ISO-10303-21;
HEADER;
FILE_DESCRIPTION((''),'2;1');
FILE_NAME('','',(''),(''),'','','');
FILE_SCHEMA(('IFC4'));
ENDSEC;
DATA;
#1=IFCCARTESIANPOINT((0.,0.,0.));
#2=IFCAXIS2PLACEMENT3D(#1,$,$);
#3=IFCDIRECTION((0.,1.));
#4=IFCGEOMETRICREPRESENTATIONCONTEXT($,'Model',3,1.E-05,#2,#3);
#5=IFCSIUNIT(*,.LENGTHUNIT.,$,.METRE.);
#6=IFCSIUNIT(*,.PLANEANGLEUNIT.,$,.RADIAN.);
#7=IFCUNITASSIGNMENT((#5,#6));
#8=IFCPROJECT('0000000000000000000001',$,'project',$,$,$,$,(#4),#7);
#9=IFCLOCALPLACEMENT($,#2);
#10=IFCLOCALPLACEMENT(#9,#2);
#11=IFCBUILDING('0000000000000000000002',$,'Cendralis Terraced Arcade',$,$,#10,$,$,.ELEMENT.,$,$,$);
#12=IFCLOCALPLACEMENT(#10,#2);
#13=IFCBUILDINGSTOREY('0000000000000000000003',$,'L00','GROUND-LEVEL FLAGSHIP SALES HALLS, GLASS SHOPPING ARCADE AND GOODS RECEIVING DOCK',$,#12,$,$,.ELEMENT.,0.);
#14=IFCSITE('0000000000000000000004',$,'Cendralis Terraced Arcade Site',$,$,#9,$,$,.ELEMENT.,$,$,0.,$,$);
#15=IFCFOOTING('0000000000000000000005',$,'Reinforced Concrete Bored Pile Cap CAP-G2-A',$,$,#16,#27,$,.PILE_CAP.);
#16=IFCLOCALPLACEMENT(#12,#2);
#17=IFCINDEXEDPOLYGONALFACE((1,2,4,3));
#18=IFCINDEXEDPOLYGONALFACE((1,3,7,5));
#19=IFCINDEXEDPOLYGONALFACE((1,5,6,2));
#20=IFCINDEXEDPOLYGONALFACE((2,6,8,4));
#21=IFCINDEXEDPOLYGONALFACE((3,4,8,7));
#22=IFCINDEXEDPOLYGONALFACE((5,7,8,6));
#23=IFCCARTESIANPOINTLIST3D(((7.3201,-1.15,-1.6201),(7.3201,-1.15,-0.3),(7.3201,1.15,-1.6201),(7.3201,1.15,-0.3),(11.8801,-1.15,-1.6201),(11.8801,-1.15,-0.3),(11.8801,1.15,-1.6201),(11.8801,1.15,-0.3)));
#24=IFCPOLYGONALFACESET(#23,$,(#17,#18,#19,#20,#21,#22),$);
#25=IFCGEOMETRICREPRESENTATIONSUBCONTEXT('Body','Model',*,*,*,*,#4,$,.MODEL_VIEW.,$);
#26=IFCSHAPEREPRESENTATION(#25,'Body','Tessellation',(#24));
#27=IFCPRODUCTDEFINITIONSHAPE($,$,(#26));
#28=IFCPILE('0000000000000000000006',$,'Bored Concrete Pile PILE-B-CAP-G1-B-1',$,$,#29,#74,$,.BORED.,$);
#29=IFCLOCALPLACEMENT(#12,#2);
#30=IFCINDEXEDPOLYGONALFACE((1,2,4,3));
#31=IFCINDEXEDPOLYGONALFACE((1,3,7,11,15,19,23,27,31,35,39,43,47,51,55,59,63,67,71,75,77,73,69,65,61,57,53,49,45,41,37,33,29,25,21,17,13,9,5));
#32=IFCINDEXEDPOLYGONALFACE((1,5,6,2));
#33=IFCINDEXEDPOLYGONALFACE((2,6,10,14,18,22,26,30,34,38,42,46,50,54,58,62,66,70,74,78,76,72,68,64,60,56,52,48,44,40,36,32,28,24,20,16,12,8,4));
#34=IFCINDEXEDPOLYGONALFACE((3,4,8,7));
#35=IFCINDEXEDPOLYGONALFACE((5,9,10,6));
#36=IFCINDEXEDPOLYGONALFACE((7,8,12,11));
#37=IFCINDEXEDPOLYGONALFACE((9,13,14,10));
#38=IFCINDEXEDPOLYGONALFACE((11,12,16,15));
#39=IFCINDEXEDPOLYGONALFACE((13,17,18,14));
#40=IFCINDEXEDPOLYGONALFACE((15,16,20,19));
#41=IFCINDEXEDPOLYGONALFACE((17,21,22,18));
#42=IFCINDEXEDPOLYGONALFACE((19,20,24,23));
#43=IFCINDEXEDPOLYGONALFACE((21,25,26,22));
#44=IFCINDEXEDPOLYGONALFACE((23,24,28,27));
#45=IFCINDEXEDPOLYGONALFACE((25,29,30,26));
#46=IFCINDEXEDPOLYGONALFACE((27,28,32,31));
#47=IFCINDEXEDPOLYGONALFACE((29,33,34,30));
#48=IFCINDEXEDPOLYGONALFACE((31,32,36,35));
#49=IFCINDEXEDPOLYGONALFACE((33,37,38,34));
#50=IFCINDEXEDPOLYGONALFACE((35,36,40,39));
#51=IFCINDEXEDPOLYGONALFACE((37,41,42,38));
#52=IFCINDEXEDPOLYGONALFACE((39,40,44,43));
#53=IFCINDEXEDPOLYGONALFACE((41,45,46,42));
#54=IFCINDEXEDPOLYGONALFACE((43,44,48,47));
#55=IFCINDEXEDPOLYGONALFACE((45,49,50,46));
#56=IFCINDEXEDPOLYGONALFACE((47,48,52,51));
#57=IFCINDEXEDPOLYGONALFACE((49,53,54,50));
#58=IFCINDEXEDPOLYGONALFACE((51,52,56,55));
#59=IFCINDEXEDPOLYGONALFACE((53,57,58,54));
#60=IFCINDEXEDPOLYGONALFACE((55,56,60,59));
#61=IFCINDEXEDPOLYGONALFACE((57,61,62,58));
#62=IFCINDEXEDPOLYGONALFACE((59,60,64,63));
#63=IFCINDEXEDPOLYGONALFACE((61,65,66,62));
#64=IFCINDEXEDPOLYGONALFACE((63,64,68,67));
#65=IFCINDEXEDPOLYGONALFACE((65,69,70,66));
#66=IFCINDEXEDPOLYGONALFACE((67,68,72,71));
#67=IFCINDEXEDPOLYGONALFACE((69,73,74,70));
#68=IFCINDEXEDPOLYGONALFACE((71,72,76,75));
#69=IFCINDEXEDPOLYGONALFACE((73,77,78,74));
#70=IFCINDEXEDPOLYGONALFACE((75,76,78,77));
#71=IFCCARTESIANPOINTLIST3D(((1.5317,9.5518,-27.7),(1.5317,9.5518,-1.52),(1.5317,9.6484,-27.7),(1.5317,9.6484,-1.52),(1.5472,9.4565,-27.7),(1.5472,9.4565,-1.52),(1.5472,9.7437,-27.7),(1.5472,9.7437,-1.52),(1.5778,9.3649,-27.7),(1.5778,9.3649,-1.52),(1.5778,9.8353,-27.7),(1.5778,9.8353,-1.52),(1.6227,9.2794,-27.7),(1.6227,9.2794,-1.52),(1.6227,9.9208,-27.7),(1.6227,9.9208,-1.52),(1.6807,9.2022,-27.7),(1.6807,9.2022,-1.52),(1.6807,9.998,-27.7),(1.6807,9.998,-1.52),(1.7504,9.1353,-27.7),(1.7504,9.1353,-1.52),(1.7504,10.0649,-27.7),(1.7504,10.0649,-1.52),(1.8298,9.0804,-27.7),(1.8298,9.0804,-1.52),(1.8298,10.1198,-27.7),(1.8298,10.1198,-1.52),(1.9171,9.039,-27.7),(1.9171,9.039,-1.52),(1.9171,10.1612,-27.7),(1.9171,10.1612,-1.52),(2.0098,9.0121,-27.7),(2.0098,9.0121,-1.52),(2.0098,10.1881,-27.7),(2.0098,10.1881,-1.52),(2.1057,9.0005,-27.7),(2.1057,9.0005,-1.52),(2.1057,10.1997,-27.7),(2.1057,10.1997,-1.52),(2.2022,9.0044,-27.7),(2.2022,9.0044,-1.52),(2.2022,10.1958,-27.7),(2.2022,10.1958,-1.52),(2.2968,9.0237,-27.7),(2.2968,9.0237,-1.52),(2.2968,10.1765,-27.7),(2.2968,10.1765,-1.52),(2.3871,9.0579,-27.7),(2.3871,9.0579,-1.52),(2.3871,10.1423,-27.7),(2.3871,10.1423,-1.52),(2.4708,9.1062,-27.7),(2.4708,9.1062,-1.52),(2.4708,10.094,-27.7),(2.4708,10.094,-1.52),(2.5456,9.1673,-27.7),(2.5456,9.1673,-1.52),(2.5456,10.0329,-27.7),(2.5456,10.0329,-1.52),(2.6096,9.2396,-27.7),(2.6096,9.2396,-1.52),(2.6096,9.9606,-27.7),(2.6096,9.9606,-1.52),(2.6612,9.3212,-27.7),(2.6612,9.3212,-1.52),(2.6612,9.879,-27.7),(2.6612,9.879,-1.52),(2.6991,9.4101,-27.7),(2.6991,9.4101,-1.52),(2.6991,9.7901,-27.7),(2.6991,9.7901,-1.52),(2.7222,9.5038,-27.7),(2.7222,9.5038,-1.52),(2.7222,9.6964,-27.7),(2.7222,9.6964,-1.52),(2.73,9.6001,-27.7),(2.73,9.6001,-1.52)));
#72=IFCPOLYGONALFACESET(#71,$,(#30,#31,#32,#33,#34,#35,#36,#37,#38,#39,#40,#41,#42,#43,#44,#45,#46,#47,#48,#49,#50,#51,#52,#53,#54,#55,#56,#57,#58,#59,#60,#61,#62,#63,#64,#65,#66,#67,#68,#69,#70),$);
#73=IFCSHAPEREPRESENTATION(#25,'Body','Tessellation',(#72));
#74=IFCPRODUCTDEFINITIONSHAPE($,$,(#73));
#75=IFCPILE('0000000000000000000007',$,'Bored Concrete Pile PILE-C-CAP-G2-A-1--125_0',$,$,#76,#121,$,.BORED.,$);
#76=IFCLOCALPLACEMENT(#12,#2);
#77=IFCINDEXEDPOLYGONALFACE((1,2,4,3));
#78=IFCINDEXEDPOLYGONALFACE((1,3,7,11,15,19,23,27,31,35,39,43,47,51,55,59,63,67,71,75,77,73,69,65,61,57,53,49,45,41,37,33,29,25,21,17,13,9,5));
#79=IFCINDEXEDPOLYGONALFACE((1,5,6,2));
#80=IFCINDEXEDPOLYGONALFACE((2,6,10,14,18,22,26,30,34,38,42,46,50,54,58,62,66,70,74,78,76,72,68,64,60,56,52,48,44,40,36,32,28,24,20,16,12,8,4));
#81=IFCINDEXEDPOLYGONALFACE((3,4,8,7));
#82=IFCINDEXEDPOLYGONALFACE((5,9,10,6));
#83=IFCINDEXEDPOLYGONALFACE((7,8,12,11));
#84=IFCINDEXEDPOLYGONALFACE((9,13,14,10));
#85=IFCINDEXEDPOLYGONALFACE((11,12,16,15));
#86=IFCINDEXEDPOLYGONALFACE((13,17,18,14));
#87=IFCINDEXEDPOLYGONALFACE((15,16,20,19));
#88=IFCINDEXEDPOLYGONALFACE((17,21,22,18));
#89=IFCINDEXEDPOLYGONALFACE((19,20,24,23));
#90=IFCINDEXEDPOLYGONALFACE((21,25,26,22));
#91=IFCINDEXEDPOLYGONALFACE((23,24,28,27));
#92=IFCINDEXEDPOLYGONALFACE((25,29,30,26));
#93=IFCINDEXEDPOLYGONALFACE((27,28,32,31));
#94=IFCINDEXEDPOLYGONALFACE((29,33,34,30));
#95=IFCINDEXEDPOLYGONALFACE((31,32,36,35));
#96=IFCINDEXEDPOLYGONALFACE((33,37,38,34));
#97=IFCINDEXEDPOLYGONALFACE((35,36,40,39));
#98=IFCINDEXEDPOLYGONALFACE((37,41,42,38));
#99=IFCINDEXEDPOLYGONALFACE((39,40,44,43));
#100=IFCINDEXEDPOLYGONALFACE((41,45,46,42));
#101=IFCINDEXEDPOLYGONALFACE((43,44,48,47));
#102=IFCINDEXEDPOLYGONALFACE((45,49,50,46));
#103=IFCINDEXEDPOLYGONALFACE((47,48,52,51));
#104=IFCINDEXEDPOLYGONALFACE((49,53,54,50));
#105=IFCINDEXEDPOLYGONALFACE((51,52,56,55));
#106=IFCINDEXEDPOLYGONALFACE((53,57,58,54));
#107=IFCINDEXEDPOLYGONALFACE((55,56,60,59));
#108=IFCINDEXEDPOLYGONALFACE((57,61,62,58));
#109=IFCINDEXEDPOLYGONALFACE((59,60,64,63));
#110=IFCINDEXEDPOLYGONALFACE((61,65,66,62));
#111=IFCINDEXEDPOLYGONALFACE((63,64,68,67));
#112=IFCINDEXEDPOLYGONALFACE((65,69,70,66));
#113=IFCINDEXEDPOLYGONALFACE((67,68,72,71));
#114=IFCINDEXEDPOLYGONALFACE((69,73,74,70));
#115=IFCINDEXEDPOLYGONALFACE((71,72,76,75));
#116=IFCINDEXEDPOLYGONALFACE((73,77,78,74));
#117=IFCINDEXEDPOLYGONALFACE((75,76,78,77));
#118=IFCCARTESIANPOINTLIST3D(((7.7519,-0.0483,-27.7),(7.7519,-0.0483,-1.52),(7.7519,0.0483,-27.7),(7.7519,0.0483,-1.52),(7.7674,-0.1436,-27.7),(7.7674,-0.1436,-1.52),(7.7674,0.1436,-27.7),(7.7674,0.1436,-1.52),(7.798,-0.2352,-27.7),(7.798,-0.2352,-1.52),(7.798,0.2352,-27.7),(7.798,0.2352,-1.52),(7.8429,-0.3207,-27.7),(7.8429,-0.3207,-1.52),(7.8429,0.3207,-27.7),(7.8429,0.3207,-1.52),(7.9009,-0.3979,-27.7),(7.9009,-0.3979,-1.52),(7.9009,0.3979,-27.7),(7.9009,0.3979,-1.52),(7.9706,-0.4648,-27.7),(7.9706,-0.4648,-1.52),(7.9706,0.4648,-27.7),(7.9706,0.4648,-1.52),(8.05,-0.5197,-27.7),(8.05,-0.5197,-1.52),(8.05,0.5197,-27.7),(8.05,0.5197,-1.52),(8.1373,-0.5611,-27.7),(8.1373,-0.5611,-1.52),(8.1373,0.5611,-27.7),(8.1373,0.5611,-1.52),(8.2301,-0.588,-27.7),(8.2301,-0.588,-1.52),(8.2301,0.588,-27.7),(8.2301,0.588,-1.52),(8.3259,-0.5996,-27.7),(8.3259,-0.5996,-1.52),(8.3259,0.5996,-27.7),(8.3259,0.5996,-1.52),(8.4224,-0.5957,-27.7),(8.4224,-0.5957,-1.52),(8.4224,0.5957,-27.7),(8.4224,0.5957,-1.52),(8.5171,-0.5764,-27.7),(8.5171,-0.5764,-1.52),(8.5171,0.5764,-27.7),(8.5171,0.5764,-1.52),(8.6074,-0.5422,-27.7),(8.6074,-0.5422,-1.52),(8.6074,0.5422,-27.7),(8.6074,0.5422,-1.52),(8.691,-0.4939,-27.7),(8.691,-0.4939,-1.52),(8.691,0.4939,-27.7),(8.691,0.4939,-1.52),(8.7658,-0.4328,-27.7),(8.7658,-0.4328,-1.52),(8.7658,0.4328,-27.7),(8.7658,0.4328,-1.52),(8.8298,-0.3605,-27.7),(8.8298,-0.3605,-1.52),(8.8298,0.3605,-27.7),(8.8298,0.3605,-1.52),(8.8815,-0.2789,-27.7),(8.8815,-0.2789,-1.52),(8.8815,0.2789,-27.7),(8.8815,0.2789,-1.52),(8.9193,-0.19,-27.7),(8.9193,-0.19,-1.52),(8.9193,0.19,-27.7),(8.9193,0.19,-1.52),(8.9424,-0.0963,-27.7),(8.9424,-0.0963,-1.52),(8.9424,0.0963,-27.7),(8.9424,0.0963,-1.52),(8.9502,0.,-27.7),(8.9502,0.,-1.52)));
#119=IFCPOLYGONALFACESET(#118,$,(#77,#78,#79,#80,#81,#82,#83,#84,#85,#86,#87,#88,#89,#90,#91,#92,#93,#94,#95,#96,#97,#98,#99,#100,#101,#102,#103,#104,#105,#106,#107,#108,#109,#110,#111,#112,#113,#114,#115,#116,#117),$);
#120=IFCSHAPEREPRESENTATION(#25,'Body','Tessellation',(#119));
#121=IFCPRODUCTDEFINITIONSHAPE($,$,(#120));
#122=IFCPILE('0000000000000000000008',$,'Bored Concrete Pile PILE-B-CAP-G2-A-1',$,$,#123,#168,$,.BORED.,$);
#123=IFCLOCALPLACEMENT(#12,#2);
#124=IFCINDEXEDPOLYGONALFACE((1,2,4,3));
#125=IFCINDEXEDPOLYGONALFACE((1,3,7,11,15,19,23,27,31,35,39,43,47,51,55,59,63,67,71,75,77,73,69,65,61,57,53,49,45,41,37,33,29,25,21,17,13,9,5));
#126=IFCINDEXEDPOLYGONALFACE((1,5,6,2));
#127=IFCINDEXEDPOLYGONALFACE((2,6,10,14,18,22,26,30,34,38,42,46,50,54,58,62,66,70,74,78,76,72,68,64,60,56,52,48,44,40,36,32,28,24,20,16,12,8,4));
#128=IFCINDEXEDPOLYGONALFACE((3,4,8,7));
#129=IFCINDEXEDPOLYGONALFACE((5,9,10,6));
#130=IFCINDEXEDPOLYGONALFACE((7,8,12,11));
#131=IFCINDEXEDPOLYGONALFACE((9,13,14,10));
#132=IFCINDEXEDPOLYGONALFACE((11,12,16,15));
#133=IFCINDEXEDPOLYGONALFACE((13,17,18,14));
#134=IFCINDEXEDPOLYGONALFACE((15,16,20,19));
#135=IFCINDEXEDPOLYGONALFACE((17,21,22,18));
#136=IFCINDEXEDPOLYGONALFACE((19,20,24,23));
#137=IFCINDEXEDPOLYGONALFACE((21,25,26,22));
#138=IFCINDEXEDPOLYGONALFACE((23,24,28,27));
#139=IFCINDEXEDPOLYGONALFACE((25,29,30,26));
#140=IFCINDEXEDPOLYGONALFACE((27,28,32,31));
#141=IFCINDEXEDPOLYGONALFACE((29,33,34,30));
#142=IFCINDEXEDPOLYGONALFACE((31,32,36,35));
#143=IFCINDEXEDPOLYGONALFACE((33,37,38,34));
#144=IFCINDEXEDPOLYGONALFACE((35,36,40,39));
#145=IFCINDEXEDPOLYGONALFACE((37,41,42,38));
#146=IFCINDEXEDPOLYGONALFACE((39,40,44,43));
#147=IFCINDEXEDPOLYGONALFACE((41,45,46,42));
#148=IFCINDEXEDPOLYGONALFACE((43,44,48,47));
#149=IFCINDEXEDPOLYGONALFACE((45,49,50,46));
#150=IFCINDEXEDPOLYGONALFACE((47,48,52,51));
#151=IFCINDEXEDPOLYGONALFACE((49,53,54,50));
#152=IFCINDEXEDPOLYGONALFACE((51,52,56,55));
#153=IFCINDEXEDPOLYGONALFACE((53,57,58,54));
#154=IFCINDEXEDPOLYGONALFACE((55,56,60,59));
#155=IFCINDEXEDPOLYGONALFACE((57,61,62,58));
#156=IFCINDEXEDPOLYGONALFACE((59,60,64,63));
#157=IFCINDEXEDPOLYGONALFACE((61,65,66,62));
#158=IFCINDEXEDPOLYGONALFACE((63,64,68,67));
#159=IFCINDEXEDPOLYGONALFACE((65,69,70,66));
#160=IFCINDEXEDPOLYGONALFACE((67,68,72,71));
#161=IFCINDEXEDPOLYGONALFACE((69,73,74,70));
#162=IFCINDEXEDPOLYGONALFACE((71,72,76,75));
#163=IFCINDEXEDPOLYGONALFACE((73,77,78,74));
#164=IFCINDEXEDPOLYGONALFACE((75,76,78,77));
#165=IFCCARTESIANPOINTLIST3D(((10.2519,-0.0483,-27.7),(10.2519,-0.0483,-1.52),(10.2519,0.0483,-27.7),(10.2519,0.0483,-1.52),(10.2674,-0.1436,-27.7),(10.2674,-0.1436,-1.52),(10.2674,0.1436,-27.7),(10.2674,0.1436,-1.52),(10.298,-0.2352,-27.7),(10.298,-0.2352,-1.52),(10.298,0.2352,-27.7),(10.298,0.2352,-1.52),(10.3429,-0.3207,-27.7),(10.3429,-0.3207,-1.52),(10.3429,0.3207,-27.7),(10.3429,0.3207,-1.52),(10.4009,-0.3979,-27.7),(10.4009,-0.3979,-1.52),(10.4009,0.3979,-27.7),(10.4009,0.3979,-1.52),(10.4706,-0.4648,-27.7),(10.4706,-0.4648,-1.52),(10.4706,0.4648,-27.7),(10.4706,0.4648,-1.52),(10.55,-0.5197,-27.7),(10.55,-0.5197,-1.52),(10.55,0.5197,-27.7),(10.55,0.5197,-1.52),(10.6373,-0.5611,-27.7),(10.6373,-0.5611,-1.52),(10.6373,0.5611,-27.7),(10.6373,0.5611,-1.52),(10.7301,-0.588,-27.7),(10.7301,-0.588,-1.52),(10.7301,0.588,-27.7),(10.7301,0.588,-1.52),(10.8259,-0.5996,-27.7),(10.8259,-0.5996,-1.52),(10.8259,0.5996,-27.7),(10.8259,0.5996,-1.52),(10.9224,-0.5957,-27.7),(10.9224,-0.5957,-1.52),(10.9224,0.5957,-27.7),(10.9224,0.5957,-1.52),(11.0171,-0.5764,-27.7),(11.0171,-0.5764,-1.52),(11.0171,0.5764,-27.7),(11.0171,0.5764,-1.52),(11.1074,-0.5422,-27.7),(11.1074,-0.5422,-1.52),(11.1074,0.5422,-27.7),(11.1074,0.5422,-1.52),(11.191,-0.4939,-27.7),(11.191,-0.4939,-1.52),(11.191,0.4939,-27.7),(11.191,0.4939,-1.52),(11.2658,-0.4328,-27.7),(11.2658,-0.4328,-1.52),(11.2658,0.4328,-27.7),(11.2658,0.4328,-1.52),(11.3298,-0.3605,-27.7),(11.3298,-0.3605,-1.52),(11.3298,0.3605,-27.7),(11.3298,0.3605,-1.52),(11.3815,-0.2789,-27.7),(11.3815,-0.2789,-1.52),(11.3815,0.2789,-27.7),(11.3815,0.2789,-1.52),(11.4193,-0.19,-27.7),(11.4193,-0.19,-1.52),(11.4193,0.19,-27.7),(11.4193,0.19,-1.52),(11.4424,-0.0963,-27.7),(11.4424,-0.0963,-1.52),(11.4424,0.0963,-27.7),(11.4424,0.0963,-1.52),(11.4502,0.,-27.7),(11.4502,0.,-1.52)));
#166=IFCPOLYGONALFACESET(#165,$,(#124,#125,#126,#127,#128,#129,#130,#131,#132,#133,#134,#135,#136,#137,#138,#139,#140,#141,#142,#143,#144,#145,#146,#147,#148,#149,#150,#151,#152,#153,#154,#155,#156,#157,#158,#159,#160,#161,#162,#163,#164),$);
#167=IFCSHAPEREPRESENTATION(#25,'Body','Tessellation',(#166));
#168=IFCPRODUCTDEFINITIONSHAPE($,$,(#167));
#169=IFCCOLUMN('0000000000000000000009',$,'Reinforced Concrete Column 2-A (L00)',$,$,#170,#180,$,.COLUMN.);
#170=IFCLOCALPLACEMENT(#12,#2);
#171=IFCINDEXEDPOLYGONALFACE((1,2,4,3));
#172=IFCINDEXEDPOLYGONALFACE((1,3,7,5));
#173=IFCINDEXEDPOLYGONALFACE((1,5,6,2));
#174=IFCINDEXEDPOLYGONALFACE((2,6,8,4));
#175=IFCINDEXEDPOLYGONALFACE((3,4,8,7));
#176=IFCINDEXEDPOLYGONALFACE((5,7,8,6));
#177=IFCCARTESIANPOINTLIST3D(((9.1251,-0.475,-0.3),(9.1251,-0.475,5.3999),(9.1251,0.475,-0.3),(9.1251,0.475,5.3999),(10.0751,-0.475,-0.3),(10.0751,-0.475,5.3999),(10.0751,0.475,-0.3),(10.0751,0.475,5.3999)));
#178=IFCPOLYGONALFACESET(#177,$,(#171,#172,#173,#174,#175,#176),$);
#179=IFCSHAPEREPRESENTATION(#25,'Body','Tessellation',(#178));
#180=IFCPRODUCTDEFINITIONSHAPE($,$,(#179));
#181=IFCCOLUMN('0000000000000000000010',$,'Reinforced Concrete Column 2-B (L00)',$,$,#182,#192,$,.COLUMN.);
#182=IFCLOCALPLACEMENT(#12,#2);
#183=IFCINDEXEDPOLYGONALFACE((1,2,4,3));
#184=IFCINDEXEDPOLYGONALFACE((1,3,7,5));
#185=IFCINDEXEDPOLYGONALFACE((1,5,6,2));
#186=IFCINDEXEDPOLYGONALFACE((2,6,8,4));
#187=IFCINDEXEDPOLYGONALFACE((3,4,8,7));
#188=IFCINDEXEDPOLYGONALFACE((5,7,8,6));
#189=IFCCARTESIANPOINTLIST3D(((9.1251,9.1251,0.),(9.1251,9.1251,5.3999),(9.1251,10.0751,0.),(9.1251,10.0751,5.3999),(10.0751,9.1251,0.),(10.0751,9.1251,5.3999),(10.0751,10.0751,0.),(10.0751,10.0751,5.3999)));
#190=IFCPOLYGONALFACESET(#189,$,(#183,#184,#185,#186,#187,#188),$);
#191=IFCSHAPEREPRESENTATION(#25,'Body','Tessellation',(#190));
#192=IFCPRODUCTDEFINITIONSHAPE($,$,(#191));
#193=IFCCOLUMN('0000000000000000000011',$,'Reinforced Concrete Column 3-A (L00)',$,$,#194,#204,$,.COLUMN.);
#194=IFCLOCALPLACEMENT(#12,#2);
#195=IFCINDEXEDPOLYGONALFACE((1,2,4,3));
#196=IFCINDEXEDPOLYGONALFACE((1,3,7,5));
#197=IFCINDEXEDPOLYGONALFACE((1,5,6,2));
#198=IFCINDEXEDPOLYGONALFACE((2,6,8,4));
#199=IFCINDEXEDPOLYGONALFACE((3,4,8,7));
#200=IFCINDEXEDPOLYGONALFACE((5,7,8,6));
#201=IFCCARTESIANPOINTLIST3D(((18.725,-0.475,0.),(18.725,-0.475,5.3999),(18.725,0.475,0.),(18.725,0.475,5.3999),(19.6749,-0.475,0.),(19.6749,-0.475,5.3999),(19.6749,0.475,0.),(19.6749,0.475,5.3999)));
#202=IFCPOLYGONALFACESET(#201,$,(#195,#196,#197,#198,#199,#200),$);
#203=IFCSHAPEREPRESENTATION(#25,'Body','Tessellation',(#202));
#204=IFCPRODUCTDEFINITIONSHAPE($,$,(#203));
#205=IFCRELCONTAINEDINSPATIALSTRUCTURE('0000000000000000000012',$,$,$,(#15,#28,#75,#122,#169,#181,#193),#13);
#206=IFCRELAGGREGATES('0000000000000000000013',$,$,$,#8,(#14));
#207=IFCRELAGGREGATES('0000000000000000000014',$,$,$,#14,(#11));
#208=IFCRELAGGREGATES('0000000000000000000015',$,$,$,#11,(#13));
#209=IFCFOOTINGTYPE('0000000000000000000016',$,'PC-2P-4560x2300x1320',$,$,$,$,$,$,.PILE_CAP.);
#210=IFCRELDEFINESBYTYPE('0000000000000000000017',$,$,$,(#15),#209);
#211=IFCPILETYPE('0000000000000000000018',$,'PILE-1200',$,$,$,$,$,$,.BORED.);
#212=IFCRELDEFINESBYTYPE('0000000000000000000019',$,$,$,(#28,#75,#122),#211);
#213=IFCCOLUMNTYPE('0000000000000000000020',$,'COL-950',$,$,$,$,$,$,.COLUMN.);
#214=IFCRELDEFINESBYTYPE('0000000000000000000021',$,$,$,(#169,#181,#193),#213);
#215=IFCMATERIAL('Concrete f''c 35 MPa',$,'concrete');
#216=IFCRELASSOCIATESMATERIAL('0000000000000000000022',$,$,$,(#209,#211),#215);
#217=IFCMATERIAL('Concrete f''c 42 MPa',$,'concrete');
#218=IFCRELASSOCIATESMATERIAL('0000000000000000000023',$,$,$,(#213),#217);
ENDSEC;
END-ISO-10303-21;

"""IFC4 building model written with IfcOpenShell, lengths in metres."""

from ifc_helpers import new_model, si_unit, direction, frame, origin, origin_2d, place, context, subcontext, project, spatial, rectangle, circle, extrude, material, material_profile, profile_set, type_object, element, save


model = new_model("IFC4")

# Units and contexts
model_context = context("Model", 3, precision=1e-05, world=origin(), true_north=direction((0.0, 1.0)))
body_context = subcontext(model_context, "Body", "Model", "MODEL_VIEW")
ifc_project = project(units=[si_unit("LENGTHUNIT", "METRE"), si_unit("PLANEANGLEUNIT", "RADIAN")], contexts=[model_context])

# Site, building, storey
site_placement = place(None, origin())
site = spatial("IfcSite", under=ifc_project, at=site_placement, Name="Cendralis Terraced Arcade Site", CompositionType="ELEMENT", RefElevation=0.0)
building_placement = place(site_placement, origin())
building = spatial("IfcBuilding", under=site, at=building_placement, Name="Cendralis Terraced Arcade", CompositionType="ELEMENT")
storey_placement = place(building_placement, origin())
storey = spatial("IfcBuildingStorey", under=building, at=storey_placement, Name="L00", Description="GROUND-LEVEL FLAGSHIP SALES HALLS, GLASS SHOPPING ARCADE AND GOODS RECEIVING DOCK", CompositionType="ELEMENT", Elevation=0.0)

# Footing
ifc_material_1 = material(Name="Concrete f'c 35 MPa", Category="concrete")
footing_type = type_object("IfcFootingType", Name="PC-2P-4560x2300x1320", PredefinedType="PILE_CAP", material=ifc_material_1)
footing_placement = place(storey_placement, frame((9.6001, 0.0, -1.6201), z_axis=(0.0, 0.0, 1.0), x_axis=(1.0, 0.0, 0.0)))
element("IfcFooting", 1, at=footing_placement, inside=storey, type_object=footing_type, Name="Reinforced Concrete Bored Pile Cap CAP-G2-A", PredefinedType="PILE_CAP", context=body_context, shape_type="SweptSolid", body=[
    extrude(rectangle(XDim=4.5601, YDim=2.3, at=origin_2d()), origin(), (0.0, 0.0, 1.0), 1.3201),
])

# Piles
ifc_material_profile_1 = material_profile(ifc_material_1, circle(Radius=0.6001, at=origin_2d()), Name="PILE-D1200", Category="LoadBearing")
ifc_profile_set_1 = profile_set([ifc_material_profile_1], Name="Concrete f'c 35 MPa")
pile_type = type_object("IfcPileType", Name="PILE-1200", PredefinedType="BORED", material=ifc_profile_set_1)
for number, where, z_axis, x_axis, name in (
    (2, (2.1299, 9.6001, -1.52), (0.0, 0.0, -1.0), (1.0, 0.0, 0.0), "Bored Concrete Pile PILE-B-CAP-G1-B-1"),
    (3, (8.3501, 0.0, -1.52), (0.0, 0.0, -1.0), (1.0, 0.0, 0.0), "Bored Concrete Pile PILE-C-CAP-G2-A-1--125_0"),
    (4, (10.8501, 0.0, -1.52), (0.0, 0.0, -1.0), (1.0, 0.0, 0.0), "Bored Concrete Pile PILE-B-CAP-G2-A-1"),
):
    element("IfcPile", number, at=place(storey_placement, frame(where, z_axis=z_axis, x_axis=x_axis)), inside=storey, type_object=pile_type, Name=name, PredefinedType="BORED", context=body_context, shape_type="SweptSolid", body=[
        extrude(circle(Radius=0.6001, at=origin_2d()), origin(), (0.0, 0.0, 1.0), 26.1799),
    ])

# Columns
ifc_material_2 = material(Name="Concrete f'c 42 MPa", Category="concrete")
ifc_material_profile_2 = material_profile(ifc_material_2, rectangle(XDim=0.95, YDim=0.95, at=origin_2d()), Name="RC-COL-950x950", Category="LoadBearing")
ifc_profile_set_2 = profile_set([ifc_material_profile_2], Name="Concrete f'c 42 MPa")
column_type = type_object("IfcColumnType", Name="COL-950", PredefinedType="COLUMN", material=ifc_profile_set_2)
column_placement = place(storey_placement, frame((9.6001, 0.0, -0.3), z_axis=(0.0, 0.0, 1.0), x_axis=(1.0, 0.0, 0.0)))
element("IfcColumn", 5, at=column_placement, inside=storey, type_object=column_type, Name="Reinforced Concrete Column 2-A (L00)", PredefinedType="COLUMN", context=body_context, shape_type="SweptSolid", body=[
    extrude(rectangle(XDim=0.95, YDim=0.95, at=origin_2d()), origin(), (0.0, 0.0, 1.0), 5.7),
])
for number, where, z_axis, x_axis, name in (
    (6, (9.6001, 9.6001, 0.0), (0.0, 0.0, 1.0), (1.0, 0.0, 0.0), "Reinforced Concrete Column 2-B (L00)"),
    (7, (19.2, 0.0, 0.0), (0.0, 0.0, 1.0), (1.0, 0.0, 0.0), "Reinforced Concrete Column 3-A (L00)"),
):
    element("IfcColumn", number, at=place(storey_placement, frame(where, z_axis=z_axis, x_axis=x_axis)), inside=storey, type_object=column_type, Name=name, PredefinedType="COLUMN", context=body_context, shape_type="SweptSolid", body=[
        extrude(rectangle(XDim=0.95, YDim=0.95, at=origin_2d()), origin(), (0.0, 0.0, 1.0), 5.3999),
    ])

save(model, "model.ifc")
